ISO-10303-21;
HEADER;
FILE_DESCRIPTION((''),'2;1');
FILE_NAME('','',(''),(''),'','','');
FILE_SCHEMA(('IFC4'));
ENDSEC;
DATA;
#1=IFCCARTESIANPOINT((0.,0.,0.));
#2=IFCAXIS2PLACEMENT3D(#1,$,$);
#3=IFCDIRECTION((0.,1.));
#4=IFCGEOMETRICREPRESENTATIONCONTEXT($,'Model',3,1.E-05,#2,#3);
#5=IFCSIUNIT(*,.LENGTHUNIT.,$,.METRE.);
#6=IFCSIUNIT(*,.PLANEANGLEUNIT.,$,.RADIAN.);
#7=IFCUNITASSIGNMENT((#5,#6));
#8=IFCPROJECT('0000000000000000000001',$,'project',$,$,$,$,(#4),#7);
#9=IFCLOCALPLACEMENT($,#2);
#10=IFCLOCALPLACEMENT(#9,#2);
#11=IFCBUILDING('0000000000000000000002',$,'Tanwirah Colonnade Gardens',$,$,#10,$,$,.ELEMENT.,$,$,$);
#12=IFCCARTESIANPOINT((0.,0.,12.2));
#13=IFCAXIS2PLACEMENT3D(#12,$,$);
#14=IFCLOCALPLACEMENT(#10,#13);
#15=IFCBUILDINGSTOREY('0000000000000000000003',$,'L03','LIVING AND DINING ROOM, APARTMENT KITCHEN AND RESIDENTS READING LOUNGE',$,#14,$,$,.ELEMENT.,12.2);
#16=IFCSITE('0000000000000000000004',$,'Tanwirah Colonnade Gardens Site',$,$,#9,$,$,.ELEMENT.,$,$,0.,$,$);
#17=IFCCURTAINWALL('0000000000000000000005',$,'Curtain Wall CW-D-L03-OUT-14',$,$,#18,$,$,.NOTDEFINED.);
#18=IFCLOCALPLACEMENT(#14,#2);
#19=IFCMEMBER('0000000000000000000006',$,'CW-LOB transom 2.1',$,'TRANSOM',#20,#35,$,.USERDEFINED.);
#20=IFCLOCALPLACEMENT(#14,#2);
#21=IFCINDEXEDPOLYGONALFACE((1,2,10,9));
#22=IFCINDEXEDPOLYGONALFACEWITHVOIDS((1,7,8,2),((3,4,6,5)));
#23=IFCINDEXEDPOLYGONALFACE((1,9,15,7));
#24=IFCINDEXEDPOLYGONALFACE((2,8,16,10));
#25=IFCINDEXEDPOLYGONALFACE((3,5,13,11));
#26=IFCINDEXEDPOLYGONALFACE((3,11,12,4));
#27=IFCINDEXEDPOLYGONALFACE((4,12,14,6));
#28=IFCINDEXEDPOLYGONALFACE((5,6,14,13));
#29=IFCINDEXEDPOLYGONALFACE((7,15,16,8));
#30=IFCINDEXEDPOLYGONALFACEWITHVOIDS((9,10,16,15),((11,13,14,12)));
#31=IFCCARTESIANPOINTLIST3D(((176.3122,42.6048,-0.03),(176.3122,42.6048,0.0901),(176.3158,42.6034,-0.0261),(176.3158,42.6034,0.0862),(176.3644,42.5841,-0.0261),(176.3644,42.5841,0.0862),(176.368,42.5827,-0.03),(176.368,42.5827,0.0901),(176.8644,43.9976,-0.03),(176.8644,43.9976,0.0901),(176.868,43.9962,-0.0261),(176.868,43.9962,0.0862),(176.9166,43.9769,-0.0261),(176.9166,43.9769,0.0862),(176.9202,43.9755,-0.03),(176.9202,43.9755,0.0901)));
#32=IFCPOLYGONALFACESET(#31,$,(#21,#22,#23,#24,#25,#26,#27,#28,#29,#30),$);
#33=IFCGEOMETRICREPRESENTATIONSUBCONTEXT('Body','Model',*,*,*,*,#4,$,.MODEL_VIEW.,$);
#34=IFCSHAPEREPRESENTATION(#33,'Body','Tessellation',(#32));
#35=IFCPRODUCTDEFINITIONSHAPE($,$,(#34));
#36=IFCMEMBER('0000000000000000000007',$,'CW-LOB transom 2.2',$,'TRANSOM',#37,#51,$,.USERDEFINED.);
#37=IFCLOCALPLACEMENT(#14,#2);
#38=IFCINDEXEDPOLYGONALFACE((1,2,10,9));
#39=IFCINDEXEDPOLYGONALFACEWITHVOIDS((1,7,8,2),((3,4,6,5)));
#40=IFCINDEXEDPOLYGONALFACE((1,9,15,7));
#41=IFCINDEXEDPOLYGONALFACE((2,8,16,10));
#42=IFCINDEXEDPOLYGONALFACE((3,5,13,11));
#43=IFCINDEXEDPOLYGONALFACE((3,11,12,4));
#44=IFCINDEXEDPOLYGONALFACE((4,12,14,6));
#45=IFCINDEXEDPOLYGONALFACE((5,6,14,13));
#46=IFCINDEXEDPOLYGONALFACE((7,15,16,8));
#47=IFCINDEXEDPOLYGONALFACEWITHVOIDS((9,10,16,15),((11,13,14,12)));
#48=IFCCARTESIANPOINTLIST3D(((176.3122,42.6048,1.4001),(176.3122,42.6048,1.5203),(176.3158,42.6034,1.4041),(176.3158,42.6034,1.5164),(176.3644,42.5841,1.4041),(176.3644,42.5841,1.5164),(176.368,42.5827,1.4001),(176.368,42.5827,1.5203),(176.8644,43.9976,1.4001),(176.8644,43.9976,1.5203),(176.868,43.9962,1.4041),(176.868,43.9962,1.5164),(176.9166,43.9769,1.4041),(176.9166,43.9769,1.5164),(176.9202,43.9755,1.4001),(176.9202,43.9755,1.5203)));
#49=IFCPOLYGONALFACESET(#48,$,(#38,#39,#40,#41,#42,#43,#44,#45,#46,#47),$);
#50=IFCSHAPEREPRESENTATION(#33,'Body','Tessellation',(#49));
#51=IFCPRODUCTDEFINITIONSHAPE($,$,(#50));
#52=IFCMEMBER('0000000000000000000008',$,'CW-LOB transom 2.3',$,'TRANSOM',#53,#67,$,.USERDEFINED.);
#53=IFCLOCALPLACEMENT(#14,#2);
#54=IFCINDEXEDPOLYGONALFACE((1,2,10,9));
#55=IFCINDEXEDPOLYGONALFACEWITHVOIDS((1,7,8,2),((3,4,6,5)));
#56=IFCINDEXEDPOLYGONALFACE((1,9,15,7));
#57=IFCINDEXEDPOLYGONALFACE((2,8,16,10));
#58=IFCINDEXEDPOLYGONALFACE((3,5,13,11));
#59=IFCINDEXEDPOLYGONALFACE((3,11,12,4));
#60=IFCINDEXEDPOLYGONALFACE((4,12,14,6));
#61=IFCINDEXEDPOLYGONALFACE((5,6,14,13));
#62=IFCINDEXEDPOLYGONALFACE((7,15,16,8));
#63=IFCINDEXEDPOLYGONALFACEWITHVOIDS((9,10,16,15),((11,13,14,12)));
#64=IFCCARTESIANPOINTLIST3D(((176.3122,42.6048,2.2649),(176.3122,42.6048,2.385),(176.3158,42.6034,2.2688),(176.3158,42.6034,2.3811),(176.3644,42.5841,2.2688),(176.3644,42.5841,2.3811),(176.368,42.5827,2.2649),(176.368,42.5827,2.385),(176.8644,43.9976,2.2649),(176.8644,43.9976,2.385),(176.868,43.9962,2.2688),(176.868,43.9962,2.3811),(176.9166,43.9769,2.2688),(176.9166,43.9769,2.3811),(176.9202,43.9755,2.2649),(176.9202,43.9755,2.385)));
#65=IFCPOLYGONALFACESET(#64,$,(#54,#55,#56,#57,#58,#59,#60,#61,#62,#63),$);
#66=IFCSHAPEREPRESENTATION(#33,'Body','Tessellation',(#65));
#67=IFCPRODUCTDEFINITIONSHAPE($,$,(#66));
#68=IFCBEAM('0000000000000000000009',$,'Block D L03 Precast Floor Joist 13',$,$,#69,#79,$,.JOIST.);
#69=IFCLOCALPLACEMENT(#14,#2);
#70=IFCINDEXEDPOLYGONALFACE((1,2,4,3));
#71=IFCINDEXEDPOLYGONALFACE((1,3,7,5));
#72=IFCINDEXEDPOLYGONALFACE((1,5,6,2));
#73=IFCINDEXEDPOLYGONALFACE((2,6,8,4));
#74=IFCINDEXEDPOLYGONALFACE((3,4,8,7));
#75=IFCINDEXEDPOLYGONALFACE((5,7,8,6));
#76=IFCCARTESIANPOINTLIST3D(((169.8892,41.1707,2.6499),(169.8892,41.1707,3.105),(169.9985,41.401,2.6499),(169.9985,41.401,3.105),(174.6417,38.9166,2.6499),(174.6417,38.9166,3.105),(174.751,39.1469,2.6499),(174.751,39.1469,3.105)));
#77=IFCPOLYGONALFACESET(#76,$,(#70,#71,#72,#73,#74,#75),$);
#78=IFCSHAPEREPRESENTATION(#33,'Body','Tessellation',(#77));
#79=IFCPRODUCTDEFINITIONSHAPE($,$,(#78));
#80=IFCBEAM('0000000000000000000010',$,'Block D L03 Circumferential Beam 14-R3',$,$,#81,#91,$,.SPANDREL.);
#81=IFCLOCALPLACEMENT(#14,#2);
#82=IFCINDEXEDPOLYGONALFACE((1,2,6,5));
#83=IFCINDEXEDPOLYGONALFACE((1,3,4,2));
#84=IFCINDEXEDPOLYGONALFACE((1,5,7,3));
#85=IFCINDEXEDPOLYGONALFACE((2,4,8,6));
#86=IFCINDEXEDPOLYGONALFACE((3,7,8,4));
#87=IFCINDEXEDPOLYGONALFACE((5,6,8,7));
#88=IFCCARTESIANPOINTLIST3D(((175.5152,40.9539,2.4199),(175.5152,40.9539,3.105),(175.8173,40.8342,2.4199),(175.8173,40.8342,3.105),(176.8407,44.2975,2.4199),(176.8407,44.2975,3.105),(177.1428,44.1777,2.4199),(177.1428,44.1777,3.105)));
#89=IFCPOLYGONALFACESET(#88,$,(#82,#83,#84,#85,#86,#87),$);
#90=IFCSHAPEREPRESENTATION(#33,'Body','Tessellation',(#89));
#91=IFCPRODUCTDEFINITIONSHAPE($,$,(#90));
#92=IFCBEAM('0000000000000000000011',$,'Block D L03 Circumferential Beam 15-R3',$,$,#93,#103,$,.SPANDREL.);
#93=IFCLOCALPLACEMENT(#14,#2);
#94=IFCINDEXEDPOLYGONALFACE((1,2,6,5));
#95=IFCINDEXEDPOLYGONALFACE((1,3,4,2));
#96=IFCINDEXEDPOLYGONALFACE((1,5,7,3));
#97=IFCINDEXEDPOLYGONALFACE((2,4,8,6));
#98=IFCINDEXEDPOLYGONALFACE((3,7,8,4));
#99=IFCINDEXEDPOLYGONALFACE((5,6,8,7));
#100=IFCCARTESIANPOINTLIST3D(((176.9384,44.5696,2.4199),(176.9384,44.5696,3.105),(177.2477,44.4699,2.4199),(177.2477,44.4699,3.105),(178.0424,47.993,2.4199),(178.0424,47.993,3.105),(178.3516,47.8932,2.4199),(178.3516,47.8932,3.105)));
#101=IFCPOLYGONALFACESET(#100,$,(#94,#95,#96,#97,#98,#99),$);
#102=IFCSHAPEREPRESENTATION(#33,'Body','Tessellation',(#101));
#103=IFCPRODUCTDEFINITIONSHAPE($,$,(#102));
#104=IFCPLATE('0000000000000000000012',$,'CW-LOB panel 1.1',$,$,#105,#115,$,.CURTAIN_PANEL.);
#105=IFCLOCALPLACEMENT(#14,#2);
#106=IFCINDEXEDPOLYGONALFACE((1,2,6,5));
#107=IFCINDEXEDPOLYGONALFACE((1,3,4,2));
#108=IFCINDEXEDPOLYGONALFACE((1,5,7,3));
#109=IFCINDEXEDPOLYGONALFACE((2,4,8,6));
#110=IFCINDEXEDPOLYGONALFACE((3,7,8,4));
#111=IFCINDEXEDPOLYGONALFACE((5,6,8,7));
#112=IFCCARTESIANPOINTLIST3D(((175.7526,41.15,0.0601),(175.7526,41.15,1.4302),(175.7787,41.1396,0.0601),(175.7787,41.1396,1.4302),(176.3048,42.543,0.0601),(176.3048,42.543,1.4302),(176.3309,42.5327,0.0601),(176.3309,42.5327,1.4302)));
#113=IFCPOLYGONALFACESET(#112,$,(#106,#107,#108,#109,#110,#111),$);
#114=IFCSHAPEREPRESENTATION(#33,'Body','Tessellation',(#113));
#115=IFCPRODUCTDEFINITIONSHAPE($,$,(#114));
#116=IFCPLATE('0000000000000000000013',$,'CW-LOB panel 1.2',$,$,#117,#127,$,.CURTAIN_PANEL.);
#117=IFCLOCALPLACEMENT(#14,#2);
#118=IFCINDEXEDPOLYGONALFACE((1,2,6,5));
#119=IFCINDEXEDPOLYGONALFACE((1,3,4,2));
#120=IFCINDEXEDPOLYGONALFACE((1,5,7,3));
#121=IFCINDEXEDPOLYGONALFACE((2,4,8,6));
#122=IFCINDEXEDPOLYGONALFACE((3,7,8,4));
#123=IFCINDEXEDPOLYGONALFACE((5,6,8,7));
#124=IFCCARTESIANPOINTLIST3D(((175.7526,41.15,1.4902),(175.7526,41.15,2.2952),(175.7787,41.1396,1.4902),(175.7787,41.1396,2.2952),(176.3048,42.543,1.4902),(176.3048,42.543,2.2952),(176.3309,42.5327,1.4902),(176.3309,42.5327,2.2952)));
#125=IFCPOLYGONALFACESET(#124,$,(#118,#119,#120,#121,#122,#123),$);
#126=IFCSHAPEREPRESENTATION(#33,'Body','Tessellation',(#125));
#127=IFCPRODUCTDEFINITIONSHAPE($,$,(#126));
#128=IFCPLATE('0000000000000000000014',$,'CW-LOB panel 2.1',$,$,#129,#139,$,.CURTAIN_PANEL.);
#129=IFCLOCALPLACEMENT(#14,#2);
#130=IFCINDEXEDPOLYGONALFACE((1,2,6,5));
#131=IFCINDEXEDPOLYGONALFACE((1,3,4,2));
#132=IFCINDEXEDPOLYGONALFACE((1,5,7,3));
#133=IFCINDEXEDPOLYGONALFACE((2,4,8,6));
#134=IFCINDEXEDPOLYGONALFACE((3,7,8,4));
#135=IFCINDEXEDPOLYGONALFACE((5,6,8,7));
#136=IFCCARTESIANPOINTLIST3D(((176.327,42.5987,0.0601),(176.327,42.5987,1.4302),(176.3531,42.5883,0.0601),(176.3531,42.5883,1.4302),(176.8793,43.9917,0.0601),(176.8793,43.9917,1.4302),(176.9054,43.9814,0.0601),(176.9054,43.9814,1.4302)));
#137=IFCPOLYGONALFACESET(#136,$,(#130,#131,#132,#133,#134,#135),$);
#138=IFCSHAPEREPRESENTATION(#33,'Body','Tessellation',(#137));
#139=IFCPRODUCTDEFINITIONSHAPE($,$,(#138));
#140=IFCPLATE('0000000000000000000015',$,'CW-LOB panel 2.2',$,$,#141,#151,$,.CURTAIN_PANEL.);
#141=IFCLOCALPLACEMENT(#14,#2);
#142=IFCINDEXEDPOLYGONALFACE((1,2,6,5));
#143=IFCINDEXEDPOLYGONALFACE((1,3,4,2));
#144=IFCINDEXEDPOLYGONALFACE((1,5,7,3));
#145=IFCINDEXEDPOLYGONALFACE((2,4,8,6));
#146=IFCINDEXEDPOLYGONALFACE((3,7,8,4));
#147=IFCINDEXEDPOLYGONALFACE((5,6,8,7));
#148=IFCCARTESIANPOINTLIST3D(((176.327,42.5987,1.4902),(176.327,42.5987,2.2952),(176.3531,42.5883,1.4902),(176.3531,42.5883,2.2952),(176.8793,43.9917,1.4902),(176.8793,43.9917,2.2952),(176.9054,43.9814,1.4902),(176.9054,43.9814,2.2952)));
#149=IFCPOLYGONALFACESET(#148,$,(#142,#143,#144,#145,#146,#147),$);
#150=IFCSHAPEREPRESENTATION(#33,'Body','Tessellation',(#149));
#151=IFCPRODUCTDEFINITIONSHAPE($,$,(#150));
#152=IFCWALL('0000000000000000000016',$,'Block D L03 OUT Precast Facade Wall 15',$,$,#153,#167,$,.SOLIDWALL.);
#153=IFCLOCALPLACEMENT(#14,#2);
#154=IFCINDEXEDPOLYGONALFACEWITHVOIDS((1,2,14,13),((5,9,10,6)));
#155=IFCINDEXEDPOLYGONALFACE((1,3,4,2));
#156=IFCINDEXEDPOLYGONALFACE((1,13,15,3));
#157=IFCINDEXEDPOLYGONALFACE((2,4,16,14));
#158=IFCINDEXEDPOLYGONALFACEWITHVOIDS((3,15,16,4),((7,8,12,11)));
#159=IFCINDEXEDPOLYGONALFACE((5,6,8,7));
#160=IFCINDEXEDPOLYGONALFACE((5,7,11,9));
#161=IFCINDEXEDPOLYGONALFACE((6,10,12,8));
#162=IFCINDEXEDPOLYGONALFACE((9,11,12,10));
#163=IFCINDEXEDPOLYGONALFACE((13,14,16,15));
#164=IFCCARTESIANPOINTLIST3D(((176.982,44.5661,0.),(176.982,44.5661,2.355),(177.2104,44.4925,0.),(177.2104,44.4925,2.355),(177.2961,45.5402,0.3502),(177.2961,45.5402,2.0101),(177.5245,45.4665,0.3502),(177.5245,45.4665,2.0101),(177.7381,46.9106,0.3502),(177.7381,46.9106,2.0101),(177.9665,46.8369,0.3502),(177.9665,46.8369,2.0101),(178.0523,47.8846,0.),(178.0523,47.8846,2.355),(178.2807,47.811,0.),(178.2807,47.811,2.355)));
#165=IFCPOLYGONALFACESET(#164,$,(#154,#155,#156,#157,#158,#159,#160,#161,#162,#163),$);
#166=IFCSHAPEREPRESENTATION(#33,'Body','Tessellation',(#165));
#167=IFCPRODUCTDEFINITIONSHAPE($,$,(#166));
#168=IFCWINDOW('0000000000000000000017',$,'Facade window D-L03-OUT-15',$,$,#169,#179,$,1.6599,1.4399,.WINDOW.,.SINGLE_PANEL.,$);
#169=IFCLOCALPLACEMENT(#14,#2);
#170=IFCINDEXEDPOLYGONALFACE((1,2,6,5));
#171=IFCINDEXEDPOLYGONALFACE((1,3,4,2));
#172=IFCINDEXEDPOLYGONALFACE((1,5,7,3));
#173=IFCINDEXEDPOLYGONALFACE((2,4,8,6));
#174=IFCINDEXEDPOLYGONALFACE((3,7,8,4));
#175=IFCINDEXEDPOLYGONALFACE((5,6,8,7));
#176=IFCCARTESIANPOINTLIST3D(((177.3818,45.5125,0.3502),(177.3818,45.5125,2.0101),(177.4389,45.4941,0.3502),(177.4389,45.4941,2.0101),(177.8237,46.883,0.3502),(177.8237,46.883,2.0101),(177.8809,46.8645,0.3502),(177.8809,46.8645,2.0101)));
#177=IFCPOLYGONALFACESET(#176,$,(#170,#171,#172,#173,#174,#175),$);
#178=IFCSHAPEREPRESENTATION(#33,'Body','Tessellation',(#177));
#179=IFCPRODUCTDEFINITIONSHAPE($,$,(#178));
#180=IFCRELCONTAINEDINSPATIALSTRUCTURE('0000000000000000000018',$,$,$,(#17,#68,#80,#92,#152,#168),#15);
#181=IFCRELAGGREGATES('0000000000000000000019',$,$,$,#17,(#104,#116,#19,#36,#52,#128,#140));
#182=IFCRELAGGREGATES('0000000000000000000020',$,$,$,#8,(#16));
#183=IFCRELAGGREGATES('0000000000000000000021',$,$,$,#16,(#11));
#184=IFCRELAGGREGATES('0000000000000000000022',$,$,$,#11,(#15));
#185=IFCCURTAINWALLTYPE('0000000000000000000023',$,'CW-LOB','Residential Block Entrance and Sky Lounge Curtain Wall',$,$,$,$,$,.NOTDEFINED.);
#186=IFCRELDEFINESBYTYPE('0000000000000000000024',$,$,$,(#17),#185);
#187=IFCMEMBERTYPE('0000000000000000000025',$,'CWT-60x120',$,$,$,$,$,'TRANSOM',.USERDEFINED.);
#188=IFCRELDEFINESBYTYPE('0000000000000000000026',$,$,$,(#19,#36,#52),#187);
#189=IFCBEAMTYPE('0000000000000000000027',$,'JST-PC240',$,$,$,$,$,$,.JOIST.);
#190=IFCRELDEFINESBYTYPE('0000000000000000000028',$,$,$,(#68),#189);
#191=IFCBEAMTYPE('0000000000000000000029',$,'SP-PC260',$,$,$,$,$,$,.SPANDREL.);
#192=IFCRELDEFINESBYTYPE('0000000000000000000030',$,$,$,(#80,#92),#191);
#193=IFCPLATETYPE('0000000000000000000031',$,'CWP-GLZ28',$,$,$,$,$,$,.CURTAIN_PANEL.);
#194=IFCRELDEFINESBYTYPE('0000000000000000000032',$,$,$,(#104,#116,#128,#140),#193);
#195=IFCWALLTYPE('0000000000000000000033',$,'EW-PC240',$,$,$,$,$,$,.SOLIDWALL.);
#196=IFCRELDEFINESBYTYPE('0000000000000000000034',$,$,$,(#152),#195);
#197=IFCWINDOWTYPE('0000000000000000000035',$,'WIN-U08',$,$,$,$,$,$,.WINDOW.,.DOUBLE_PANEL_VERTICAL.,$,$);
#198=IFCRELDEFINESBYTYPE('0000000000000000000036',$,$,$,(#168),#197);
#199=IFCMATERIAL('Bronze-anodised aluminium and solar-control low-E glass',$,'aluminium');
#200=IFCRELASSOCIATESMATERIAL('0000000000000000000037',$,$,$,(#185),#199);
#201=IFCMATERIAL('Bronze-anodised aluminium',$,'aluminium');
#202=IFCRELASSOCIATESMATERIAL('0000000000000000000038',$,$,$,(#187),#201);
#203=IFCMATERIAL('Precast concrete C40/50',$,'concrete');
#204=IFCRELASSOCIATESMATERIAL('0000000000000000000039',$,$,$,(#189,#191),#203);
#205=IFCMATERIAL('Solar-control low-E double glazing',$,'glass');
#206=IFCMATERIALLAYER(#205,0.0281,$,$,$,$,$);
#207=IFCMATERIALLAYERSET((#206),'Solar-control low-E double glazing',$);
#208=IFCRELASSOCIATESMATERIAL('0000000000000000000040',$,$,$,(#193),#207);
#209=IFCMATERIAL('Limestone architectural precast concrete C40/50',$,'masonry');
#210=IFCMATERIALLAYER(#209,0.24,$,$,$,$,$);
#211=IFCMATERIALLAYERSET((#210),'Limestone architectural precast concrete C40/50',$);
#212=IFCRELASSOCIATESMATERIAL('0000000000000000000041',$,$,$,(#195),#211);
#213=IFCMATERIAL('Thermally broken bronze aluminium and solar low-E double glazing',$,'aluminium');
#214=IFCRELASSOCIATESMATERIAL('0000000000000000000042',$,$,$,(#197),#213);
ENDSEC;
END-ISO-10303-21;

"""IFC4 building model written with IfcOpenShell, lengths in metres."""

from ifc_helpers import new_model, si_unit, direction, frame, frame_2d, origin, origin_2d, place, context, subcontext, project, spatial, rectangle, hollow_rectangle, extrude, material, layer, layer_set, material_profile, profile_set, type_object, element, fill, aggregate, save


model = new_model("IFC4")

# Units and contexts
model_context = context("Model", 3, precision=1e-05, world=origin(), true_north=direction((0.0, 1.0)))
body_context = subcontext(model_context, "Body", "Model", "MODEL_VIEW")
ifc_project = project(units=[si_unit("LENGTHUNIT", "METRE"), si_unit("PLANEANGLEUNIT", "RADIAN")], contexts=[model_context])

# Site, building, storey
site_placement = place(None, origin())
site = spatial("IfcSite", under=ifc_project, at=site_placement, Name="Tanwirah Colonnade Gardens Site", CompositionType="ELEMENT", RefElevation=0.0)
building_placement = place(site_placement, origin())
building = spatial("IfcBuilding", under=site, at=building_placement, Name="Tanwirah Colonnade Gardens", CompositionType="ELEMENT")
storey_placement = place(building_placement, frame((0.0, 0.0, 12.2)))
storey = spatial("IfcBuildingStorey", under=building, at=storey_placement, Name="L03", Description="LIVING AND DINING ROOM, APARTMENT KITCHEN AND RESIDENTS READING LOUNGE", CompositionType="ELEMENT", Elevation=12.2)

# Shared definitions
ifc_material_1 = material(Name="Precast concrete C40/50", Category="concrete")

# Curtain wall, members
ifc_material_2 = material(Name="Bronze-anodised aluminium and solar-control low-E glass", Category="aluminium")
curtain_wall_type = type_object("IfcCurtainWallType", Name="CW-LOB", Description="Residential Block Entrance and Sky Lounge Curtain Wall", PredefinedType="NOTDEFINED", material=ifc_material_2)
curtain_wall_placement = place(storey_placement, origin())
curtain_wall = element("IfcCurtainWall", 1, at=curtain_wall_placement, inside=storey, type_object=curtain_wall_type, Name="Curtain Wall CW-D-L03-OUT-14", PredefinedType="NOTDEFINED")
ifc_material_3 = material(Name="Bronze-anodised aluminium", Category="aluminium")
ifc_material_profile_1 = material_profile(ifc_material_3, hollow_rectangle(XDim=0.0601, YDim=0.1201, WallThickness=0.0039, at=origin_2d()), Name="CW-TRN 60x120x4")
ifc_profile_set_1 = profile_set([ifc_material_profile_1], Name="Bronze-anodised aluminium")
member_type_1 = type_object("IfcMemberType", Name="CWT-60x120", ElementType="TRANSOM", PredefinedType="USERDEFINED", material=ifc_profile_set_1)
member_1_placement = place(storey_placement, frame((176.3401, 42.5938, 0.03), z_axis=(0.36858, 0.929596, 0.0), x_axis=(-0.929596, 0.36858, 0.0)))
member_1 = element("IfcMember", 2, at=member_1_placement, type_object=member_type_1, Name="CW-LOB transom 2.1", ObjectType="TRANSOM", PredefinedType="USERDEFINED", context=body_context, shape_type="SweptSolid", body=[
    extrude(hollow_rectangle(XDim=0.0601, YDim=0.1201, WallThickness=0.0039, at=origin_2d()), origin(), (0.0, 0.0, 1.0), 1.4983),
])
member_2_placement = place(storey_placement, frame((176.3401, 42.5938, 1.4602), z_axis=(0.36858, 0.929596, 0.0), x_axis=(-0.929596, 0.36858, 0.0)))
member_2 = element("IfcMember", 3, at=member_2_placement, type_object=member_type_1, Name="CW-LOB transom 2.2", ObjectType="TRANSOM", PredefinedType="USERDEFINED", context=body_context, shape_type="SweptSolid", body=[
    extrude(hollow_rectangle(XDim=0.0601, YDim=0.1201, WallThickness=0.0039, at=origin_2d()), origin(), (0.0, 0.0, 1.0), 1.4983),
])
member_3_placement = place(storey_placement, frame((176.3401, 42.5938, 2.325), z_axis=(0.36858, 0.929596, 0.0), x_axis=(-0.929596, 0.36858, 0.0)))
member_3 = element("IfcMember", 4, at=member_3_placement, type_object=member_type_1, Name="CW-LOB transom 2.3", ObjectType="TRANSOM", PredefinedType="USERDEFINED", context=body_context, shape_type="SweptSolid", body=[
    extrude(hollow_rectangle(XDim=0.0601, YDim=0.1201, WallThickness=0.0039, at=origin_2d()), origin(), (0.0, 0.0, 1.0), 1.4983),
])

# Beams
ifc_material_profile_2 = material_profile(ifc_material_1, rectangle(XDim=0.2549, YDim=0.4551, at=origin_2d()), Name="PC-JST 255x455")
ifc_profile_set_2 = profile_set([ifc_material_profile_2], Name="Precast concrete C40/50")
beam_type_1 = type_object("IfcBeamType", Name="JST-PC240", PredefinedType="JOIST", material=ifc_profile_set_2)
beam_1_placement = place(storey_placement, frame((169.9438, 41.2859, 2.8774), z_axis=(0.903518, -0.428551, 0.0), x_axis=(0.428551, 0.903518, 0.0)))
element("IfcBeam", 5, at=beam_1_placement, inside=storey, type_object=beam_type_1, Name="Block D L03 Precast Floor Joist 13", PredefinedType="JOIST", context=body_context, shape_type="SweptSolid", body=[
    extrude(rectangle(XDim=0.2549, YDim=0.4551, at=origin_2d()), origin(), (0.0, 0.0, 1.0), 5.26),
])
ifc_material_profile_3 = material_profile(ifc_material_1, rectangle(XDim=0.325, YDim=0.6851, at=origin_2d()), Name="PC-SP 325x685")
ifc_profile_set_3 = profile_set([ifc_material_profile_3], Name="Precast concrete C40/50")
beam_type_2 = type_object("IfcBeamType", Name="SP-PC260", PredefinedType="SPANDREL", material=ifc_profile_set_3)
beam_2_placement = place(storey_placement, frame((175.6663, 40.894, 2.7625), z_axis=(0.368522, 0.929619, 0.0), x_axis=(-0.929619, 0.368522, 0.0)))
element("IfcBeam", 6, at=beam_2_placement, inside=storey, type_object=beam_type_2, Name="Block D L03 Circumferential Beam 14-R3", PredefinedType="SPANDREL", context=body_context, shape_type="SweptSolid", body=[
    extrude(rectangle(XDim=0.325, YDim=0.6851, at=origin_2d()), origin(), (0.0, 0.0, 1.0), 3.5967),
])
beam_3_placement = place(storey_placement, frame((177.093, 44.5198, 2.7625), z_axis=(0.306927, 0.951733, 0.0), x_axis=(-0.951733, 0.306927, 0.0)))
element("IfcBeam", 7, at=beam_3_placement, inside=storey, type_object=beam_type_2, Name="Block D L03 Circumferential Beam 15-R3", PredefinedType="SPANDREL", context=body_context, shape_type="SweptSolid", body=[
    extrude(rectangle(XDim=0.325, YDim=0.6851, at=origin_2d()), origin(), (0.0, 0.0, 1.0), 3.5969),
])

# Plates
ifc_material_4 = material(Name="Solar-control low-E double glazing", Category="glass")
ifc_layer_1 = layer(ifc_material_4, 0.0281)
ifc_layer_set_1 = layer_set([ifc_layer_1], Name="Solar-control low-E double glazing")
plate_type = type_object("IfcPlateType", Name="CWP-GLZ28", PredefinedType="CURTAIN_PANEL", material=ifc_layer_set_1)
plate_1_placement = place(storey_placement, frame((176.0417, 41.8413, 0.0601), z_axis=(0.0, 0.0, 1.0), x_axis=(0.368529, 0.929616, 0.0)))
plate_1 = element("IfcPlate", 8, at=plate_1_placement, type_object=plate_type, Name="CW-LOB panel 1.1", PredefinedType="CURTAIN_PANEL", context=body_context, shape_type="SweptSolid", body=[
    extrude(rectangle(XDim=1.4985, YDim=0.0281, at=origin_2d()), origin(), (0.0, 0.0, 1.0), 1.3701),
])
plate_2_placement = place(storey_placement, frame((176.0417, 41.8413, 1.4902), z_axis=(0.0, 0.0, 1.0), x_axis=(0.368529, 0.929616, 0.0)))
plate_2 = element("IfcPlate", 9, at=plate_2_placement, type_object=plate_type, Name="CW-LOB panel 1.2", PredefinedType="CURTAIN_PANEL", context=body_context, shape_type="SweptSolid", body=[
    extrude(rectangle(XDim=1.4985, YDim=0.0281, at=origin_2d()), origin(), (0.0, 0.0, 1.0), 0.8049),
])
plate_3_placement = place(storey_placement, frame((176.6162, 43.29, 0.0601), z_axis=(0.0, 0.0, 1.0), x_axis=(0.368529, 0.929616, 0.0)))
plate_3 = element("IfcPlate", 10, at=plate_3_placement, type_object=plate_type, Name="CW-LOB panel 2.1", PredefinedType="CURTAIN_PANEL", context=body_context, shape_type="SweptSolid", body=[
    extrude(rectangle(XDim=1.4985, YDim=0.0281, at=origin_2d()), origin(), (0.0, 0.0, 1.0), 1.3701),
])
plate_4_placement = place(storey_placement, frame((176.6162, 43.29, 1.4902), z_axis=(0.0, 0.0, 1.0), x_axis=(0.368529, 0.929616, 0.0)))
plate_4 = element("IfcPlate", 11, at=plate_4_placement, type_object=plate_type, Name="CW-LOB panel 2.2", PredefinedType="CURTAIN_PANEL", context=body_context, shape_type="SweptSolid", body=[
    extrude(rectangle(XDim=1.4985, YDim=0.0281, at=origin_2d()), origin(), (0.0, 0.0, 1.0), 0.8049),
])
aggregate(curtain_wall, [plate_1, plate_2, member_1, member_2, member_3, plate_3, plate_4])

# Wall, opening, window
ifc_material_5 = material(Name="Limestone architectural precast concrete C40/50", Category="masonry")
ifc_layer_2 = layer(ifc_material_5, 0.24)
ifc_layer_set_2 = layer_set([ifc_layer_2], Name="Limestone architectural precast concrete C40/50")
wall_type_1 = type_object("IfcWallType", Name="EW-PC240", PredefinedType="SOLIDWALL", material=ifc_layer_set_2)
wall_1_placement = place(storey_placement, frame((177.0962, 44.5293, 0.0), z_axis=(0.0, 0.0, 1.0), x_axis=(0.30695, 0.951726, 0.0)))
wall_1 = element("IfcWall", 12, at=wall_1_placement, inside=storey, type_object=wall_type_1, Name="Block D L03 OUT Precast Facade Wall 15", PredefinedType="SOLIDWALL", context=body_context, shape_type="SweptSolid", body=[
    extrude(rectangle(XDim=3.4868, YDim=0.24, at=frame_2d((1.7434, 0.0))), origin(), (0.0, 0.0, 1.0), 2.355),
])
opening_1_placement = place(wall_1_placement, frame((1.0234, 0.0, 0.3501)))
opening_1 = element("IfcOpeningElement", 13, at=opening_1_placement, cuts=wall_1, PredefinedType="OPENING", context=body_context, shape_type="SweptSolid", body=[
    extrude(rectangle(XDim=1.4399, YDim=1.6599, at=frame_2d((0.72, 0.8301))), frame((0.0, 0.1299, 0.0), z_axis=(0.0, -1.0, 0.0), x_axis=(1.0, 0.0, 0.0)), (0.0, 0.0, 1.0), 0.26),
])
ifc_material_6 = material(Name="Thermally broken bronze aluminium and solar low-E double glazing", Category="aluminium")
window_type = type_object("IfcWindowType", Name="WIN-U08", PartitioningType="DOUBLE_PANEL_VERTICAL", PredefinedType="WINDOW", material=ifc_material_6)
window_placement = place(opening_1_placement, origin())
window = element("IfcWindow", 14, at=window_placement, inside=storey, type_object=window_type, Name="Facade window D-L03-OUT-15", OverallHeight=1.6599, OverallWidth=1.4399, PartitioningType="SINGLE_PANEL", PredefinedType="WINDOW", context=body_context, shape_type="SweptSolid", body=[
    extrude(rectangle(XDim=1.4399, YDim=1.6599, at=frame_2d((0.72, 0.8301))), frame((0.0, 0.03, 0.0), z_axis=(0.0, -1.0, 0.0), x_axis=(1.0, 0.0, 0.0)), (0.0, 0.0, 1.0), 0.0601),
])
fill(opening_1, window)

save(model, "model.ifc")
